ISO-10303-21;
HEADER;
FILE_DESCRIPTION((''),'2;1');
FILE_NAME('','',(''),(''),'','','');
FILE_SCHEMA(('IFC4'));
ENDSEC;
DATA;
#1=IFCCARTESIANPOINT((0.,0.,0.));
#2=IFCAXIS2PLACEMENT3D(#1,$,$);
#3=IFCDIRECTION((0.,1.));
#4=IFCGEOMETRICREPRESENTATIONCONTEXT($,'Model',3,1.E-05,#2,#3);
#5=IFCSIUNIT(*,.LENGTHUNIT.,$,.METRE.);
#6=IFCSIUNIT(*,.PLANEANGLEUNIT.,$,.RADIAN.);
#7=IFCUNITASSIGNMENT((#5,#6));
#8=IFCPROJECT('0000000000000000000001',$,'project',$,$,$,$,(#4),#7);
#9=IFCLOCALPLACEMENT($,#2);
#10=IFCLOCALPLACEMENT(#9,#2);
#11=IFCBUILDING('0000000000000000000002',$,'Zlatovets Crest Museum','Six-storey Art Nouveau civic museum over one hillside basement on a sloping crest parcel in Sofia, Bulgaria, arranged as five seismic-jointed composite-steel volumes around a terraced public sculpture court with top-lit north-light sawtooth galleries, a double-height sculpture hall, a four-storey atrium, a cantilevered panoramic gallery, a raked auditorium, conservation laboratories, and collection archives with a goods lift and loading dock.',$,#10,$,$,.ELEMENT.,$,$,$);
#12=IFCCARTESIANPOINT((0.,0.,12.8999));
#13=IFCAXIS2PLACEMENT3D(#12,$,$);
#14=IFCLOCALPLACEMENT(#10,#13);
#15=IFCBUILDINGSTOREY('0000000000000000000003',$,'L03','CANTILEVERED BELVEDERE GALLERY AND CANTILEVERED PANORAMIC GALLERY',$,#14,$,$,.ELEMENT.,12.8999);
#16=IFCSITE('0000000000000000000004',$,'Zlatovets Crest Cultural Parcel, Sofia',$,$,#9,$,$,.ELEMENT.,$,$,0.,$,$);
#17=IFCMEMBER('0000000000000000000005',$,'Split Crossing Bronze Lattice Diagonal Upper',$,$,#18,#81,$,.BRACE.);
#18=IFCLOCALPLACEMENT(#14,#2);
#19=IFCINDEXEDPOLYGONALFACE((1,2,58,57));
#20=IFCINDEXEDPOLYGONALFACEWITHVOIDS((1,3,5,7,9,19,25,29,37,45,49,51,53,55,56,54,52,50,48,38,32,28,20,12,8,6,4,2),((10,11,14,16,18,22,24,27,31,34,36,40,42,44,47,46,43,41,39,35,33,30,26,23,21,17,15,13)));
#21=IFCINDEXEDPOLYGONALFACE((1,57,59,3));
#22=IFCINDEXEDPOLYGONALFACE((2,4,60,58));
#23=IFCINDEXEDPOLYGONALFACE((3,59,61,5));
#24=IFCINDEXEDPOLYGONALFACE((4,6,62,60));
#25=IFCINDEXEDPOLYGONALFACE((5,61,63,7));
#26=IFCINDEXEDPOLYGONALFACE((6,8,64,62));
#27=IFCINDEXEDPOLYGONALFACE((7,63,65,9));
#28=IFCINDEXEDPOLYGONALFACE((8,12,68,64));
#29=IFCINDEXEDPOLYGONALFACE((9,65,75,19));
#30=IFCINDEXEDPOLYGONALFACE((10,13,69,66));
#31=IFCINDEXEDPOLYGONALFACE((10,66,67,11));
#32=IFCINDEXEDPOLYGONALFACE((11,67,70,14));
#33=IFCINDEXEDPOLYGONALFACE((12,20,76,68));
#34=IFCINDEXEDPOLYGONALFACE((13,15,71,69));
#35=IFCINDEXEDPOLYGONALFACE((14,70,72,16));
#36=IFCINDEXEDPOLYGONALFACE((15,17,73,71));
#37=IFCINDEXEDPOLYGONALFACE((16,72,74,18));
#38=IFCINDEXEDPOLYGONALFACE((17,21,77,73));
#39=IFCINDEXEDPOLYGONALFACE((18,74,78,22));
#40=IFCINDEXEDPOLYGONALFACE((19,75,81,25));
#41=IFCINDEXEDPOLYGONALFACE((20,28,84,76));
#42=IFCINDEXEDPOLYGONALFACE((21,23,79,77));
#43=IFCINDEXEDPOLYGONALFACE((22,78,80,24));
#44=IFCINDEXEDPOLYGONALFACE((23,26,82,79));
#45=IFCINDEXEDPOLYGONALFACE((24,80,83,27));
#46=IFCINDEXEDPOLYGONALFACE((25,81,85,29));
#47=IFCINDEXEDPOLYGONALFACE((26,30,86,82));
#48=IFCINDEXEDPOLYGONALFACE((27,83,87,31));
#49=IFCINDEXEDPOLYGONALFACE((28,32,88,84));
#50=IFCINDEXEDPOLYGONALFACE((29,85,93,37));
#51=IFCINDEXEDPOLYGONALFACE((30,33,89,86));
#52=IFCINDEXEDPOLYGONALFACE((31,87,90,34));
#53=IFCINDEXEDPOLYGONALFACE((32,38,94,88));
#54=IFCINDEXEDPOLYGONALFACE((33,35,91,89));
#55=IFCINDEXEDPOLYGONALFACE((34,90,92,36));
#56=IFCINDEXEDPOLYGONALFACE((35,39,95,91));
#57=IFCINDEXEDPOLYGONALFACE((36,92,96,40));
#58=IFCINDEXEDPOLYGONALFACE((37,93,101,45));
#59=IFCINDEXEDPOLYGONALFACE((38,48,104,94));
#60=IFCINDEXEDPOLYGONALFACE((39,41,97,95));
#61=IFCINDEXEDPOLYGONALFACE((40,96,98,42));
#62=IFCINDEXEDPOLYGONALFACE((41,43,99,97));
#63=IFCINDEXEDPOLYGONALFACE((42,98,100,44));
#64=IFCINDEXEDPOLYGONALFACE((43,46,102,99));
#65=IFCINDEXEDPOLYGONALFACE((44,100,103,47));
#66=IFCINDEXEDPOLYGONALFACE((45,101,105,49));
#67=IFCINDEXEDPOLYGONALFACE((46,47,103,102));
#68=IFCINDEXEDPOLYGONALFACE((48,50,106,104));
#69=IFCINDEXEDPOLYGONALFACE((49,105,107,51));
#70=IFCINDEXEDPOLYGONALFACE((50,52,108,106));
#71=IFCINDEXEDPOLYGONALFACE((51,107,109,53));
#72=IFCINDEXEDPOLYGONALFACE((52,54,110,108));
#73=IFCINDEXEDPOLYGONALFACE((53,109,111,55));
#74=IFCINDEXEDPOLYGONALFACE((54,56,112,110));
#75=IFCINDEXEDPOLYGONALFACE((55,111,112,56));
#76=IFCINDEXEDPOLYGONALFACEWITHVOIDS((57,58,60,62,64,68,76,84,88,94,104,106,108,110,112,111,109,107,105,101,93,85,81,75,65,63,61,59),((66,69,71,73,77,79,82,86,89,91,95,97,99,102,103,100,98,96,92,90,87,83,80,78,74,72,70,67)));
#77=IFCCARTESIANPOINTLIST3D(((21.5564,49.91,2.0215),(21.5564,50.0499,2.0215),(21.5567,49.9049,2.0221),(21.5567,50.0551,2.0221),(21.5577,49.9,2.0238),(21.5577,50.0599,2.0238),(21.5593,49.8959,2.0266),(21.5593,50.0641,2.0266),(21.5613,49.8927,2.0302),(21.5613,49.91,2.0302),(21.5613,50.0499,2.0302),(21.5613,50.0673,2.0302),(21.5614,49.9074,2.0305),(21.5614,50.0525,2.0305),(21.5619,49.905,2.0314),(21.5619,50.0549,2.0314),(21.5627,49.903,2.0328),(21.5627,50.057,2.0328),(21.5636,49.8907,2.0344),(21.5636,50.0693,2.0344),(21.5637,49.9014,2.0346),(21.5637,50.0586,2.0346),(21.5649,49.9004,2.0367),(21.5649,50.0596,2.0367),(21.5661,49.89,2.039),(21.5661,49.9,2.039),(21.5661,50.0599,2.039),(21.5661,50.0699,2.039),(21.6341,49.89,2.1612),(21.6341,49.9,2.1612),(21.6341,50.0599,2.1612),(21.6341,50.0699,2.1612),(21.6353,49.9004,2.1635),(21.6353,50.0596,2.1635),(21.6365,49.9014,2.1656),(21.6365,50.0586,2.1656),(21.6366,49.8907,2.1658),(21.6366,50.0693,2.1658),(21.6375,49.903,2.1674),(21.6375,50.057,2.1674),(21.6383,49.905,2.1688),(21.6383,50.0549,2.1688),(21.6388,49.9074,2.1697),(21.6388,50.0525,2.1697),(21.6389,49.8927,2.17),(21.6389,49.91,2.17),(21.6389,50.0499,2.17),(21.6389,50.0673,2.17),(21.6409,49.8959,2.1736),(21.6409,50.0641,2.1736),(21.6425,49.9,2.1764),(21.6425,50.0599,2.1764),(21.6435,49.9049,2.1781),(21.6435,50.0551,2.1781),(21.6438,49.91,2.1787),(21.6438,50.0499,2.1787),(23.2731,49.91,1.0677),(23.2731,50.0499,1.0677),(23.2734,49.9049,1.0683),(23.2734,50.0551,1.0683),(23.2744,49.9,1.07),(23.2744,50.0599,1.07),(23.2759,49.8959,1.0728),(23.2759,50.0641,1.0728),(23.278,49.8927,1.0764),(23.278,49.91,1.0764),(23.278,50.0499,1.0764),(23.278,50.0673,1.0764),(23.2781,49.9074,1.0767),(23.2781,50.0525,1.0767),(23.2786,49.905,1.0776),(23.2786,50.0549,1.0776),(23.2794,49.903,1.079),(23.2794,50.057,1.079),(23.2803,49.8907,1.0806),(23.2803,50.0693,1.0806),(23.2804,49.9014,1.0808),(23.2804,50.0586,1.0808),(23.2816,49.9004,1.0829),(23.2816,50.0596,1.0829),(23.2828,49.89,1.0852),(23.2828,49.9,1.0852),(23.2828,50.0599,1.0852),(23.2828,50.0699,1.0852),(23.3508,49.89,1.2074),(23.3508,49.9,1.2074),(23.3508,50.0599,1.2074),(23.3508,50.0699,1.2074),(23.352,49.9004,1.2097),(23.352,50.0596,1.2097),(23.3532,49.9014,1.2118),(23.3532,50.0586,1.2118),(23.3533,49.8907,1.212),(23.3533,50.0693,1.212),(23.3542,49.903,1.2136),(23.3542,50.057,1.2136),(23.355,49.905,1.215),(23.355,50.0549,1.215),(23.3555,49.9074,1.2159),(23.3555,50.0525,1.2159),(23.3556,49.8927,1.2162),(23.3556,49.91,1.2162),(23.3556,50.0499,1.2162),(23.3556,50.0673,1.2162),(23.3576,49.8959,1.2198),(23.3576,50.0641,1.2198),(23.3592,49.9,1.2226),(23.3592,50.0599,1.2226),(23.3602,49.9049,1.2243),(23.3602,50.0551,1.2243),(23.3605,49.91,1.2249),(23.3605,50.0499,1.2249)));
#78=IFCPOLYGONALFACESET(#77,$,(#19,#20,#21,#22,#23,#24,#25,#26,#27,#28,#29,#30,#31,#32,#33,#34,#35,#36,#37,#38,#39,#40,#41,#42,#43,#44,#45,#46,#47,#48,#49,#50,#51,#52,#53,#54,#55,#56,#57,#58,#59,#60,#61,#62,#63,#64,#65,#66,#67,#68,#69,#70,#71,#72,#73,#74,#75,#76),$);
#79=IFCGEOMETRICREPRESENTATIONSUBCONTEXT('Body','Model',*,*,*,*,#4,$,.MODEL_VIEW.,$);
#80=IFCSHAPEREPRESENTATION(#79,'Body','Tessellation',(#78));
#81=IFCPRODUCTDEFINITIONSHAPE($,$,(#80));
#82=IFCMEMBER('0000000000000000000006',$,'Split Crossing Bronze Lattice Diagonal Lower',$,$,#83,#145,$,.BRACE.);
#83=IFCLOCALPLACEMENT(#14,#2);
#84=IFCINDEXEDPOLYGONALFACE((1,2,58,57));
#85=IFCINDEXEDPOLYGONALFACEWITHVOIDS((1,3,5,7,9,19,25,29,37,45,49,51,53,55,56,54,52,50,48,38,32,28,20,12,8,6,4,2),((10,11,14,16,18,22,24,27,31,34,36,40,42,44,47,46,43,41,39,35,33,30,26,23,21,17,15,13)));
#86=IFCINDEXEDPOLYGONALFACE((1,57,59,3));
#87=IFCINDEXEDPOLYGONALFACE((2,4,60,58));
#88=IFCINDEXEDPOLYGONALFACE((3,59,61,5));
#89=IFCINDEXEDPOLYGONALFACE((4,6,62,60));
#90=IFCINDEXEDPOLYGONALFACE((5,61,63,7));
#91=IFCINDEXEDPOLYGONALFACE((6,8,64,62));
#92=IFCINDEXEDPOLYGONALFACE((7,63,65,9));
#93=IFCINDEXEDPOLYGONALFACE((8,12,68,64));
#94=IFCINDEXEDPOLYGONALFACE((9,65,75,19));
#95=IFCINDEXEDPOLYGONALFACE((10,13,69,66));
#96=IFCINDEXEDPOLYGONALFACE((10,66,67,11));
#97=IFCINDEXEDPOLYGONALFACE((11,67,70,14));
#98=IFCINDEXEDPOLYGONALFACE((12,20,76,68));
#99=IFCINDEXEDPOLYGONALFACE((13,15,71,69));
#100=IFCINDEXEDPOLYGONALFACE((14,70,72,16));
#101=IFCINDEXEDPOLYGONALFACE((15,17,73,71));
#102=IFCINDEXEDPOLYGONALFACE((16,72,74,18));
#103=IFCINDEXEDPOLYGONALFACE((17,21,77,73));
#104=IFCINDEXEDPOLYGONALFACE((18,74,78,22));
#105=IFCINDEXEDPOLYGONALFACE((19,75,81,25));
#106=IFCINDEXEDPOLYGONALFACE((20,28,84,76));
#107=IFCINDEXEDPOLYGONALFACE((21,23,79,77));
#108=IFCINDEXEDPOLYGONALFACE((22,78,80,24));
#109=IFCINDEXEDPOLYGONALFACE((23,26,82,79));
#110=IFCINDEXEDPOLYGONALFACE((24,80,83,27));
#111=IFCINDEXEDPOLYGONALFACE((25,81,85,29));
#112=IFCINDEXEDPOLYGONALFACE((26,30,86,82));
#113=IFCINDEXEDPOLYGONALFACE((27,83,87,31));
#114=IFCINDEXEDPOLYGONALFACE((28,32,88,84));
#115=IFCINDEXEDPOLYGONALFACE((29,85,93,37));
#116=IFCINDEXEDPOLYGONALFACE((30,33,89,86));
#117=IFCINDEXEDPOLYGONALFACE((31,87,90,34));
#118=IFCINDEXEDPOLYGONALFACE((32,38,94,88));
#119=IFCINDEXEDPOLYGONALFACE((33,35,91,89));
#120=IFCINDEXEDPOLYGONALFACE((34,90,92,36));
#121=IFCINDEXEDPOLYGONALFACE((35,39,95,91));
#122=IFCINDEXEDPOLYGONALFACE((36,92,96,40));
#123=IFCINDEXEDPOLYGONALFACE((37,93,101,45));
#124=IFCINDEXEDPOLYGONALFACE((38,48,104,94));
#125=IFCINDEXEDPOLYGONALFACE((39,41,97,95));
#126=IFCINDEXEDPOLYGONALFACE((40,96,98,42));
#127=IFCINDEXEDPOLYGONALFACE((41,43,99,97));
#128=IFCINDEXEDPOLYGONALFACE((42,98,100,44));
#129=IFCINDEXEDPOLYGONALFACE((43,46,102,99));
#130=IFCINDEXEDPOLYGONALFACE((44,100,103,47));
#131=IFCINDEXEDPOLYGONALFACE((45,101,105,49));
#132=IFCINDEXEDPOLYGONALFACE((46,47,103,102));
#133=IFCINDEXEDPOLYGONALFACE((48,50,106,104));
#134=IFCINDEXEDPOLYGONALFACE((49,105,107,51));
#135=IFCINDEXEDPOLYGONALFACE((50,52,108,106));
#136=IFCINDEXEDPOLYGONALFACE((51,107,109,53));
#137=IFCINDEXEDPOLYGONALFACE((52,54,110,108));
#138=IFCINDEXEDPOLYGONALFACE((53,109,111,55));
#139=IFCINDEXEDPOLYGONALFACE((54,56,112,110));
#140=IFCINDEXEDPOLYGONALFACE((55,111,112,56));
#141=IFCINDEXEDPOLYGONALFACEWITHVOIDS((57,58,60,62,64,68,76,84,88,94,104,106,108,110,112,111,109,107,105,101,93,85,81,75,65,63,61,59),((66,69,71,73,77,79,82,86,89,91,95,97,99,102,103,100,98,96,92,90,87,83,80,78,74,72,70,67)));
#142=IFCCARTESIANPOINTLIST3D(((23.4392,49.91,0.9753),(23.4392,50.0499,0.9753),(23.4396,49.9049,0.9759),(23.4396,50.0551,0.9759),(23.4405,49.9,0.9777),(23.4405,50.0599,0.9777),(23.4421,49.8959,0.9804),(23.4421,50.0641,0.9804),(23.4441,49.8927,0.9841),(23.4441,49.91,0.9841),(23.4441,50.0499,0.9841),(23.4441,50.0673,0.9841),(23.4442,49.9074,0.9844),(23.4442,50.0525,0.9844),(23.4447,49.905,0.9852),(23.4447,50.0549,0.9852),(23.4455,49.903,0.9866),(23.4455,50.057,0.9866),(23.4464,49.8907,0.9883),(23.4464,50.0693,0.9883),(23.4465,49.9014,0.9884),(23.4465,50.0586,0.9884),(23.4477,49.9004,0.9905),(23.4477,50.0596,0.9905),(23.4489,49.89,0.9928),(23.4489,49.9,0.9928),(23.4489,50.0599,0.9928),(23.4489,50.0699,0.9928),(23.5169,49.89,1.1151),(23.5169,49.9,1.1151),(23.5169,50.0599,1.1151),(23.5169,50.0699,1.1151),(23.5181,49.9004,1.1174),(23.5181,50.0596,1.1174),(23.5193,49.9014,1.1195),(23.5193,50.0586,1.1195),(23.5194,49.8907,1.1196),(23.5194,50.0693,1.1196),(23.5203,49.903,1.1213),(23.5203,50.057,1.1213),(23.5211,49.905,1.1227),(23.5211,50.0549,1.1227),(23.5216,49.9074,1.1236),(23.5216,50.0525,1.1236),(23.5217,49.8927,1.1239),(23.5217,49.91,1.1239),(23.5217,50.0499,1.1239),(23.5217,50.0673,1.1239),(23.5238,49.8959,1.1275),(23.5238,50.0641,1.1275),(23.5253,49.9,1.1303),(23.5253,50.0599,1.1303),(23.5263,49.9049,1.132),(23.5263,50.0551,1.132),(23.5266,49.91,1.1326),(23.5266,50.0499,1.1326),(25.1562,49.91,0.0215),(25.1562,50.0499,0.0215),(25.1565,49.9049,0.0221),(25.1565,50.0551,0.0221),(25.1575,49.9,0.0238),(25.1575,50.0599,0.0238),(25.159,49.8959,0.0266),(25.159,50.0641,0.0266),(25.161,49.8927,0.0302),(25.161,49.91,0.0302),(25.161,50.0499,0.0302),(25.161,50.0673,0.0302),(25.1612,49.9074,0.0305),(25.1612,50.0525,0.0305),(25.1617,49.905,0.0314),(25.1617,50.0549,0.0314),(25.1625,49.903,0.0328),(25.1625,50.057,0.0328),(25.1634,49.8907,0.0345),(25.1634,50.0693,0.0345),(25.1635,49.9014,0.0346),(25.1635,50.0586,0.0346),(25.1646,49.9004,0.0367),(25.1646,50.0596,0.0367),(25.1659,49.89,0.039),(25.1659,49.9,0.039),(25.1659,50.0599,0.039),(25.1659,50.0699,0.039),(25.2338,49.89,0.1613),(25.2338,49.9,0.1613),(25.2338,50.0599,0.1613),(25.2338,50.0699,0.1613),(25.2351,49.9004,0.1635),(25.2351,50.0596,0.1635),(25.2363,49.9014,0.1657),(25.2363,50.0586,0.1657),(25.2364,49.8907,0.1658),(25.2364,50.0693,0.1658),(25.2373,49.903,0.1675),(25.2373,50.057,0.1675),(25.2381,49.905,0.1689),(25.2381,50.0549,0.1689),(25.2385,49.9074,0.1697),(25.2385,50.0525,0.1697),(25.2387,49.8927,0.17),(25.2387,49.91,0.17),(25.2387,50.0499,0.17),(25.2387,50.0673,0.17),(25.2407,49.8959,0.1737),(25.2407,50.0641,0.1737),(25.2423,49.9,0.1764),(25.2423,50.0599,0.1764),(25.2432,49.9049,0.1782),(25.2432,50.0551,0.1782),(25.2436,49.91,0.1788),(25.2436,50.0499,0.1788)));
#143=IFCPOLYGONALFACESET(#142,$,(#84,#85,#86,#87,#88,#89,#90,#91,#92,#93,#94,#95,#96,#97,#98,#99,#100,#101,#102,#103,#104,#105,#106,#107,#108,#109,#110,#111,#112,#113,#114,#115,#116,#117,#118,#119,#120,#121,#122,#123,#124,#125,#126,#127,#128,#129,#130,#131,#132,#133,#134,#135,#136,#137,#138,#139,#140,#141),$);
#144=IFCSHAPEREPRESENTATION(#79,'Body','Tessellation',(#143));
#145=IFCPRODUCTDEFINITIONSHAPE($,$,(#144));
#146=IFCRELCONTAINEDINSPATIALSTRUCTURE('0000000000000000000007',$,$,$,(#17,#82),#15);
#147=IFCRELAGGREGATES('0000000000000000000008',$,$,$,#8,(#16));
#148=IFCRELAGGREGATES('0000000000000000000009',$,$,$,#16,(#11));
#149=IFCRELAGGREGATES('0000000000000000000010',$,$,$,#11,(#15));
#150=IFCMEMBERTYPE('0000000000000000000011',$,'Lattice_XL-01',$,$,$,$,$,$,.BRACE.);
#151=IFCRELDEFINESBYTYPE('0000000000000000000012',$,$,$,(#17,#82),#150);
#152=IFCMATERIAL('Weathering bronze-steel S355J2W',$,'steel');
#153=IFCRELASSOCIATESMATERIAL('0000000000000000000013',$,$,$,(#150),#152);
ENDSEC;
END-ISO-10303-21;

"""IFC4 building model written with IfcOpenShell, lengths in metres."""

from ifc_helpers import new_model, si_unit, direction, frame, origin, origin_2d, place, context, subcontext, project, spatial, hollow_rectangle, extrude, material, material_profile, profile_set, type_object, element, save


model = new_model("IFC4")

# Units and contexts
model_context = context("Model", 3, precision=1e-05, world=origin(), true_north=direction((0.0, 1.0)))
body_context = subcontext(model_context, "Body", "Model", "MODEL_VIEW")
ifc_project = project(units=[si_unit("LENGTHUNIT", "METRE"), si_unit("PLANEANGLEUNIT", "RADIAN")], contexts=[model_context])

# Site, building, storey
site_placement = place(None, origin())
site = spatial("IfcSite", under=ifc_project, at=site_placement, Name="Zlatovets Crest Cultural Parcel, Sofia", CompositionType="ELEMENT", RefElevation=0.0)
building_placement = place(site_placement, origin())
building = spatial("IfcBuilding", under=site, at=building_placement, Name="Zlatovets Crest Museum", Description="Six-storey Art Nouveau civic museum over one hillside basement on a sloping crest parcel in Sofia, Bulgaria, arranged as five seismic-jointed composite-steel volumes around a terraced public sculpture court with top-lit north-light sawtooth galleries, a double-height sculpture hall, a four-storey atrium, a cantilevered panoramic gallery, a raked auditorium, conservation laboratories, and collection archives with a goods lift and loading dock.", CompositionType="ELEMENT")
storey_placement = place(building_placement, frame((0.0, 0.0, 12.8999)))
storey = spatial("IfcBuildingStorey", under=building, at=storey_placement, Name="L03", Description="CANTILEVERED BELVEDERE GALLERY AND CANTILEVERED PANORAMIC GALLERY", CompositionType="ELEMENT", Elevation=12.8999)

# Members
ifc_material_1 = material(Name="Weathering bronze-steel S355J2W", Category="steel")
ifc_material_profile_1 = material_profile(ifc_material_1, hollow_rectangle(XDim=0.1799, YDim=0.1799, WallThickness=0.01, InnerFilletRadius=0.01, OuterFilletRadius=0.02, at=origin_2d()), Name="SHS 180x180x10.0")
ifc_profile_set_1 = profile_set([ifc_material_profile_1], Name="Weathering bronze-steel S355J2W")
member_type_1 = type_object("IfcMemberType", Name="Lattice_XL-01", PredefinedType="BRACE", material=ifc_profile_set_1)
member_1_placement = place(storey_placement, frame((21.6001, 49.98, 2.1001), z_axis=(0.87414, 0.0, -0.485675), x_axis=(0.0, 1.0, 0.0)))
element("IfcMember", 1, at=member_1_placement, inside=storey, type_object=member_type_1, Name="Split Crossing Bronze Lattice Diagonal Upper", PredefinedType="BRACE", context=body_context, shape_type="SweptSolid", body=[
    extrude(hollow_rectangle(XDim=0.1799, YDim=0.1799, WallThickness=0.01, InnerFilletRadius=0.01, OuterFilletRadius=0.02, at=origin_2d()), origin(), (0.0, 0.0, 1.0), 1.9639),
])
member_2_placement = place(storey_placement, frame((23.4829, 49.98, 1.054), z_axis=(0.874169, 0.0, -0.485622), x_axis=(0.0, 1.0, 0.0)))
element("IfcMember", 2, at=member_2_placement, inside=storey, type_object=member_type_1, Name="Split Crossing Bronze Lattice Diagonal Lower", PredefinedType="BRACE", context=body_context, shape_type="SweptSolid", body=[
    extrude(hollow_rectangle(XDim=0.1799, YDim=0.1799, WallThickness=0.01, InnerFilletRadius=0.01, OuterFilletRadius=0.02, at=origin_2d()), origin(), (0.0, 0.0, 1.0), 1.9641),
])

save(model, "model.ifc")
